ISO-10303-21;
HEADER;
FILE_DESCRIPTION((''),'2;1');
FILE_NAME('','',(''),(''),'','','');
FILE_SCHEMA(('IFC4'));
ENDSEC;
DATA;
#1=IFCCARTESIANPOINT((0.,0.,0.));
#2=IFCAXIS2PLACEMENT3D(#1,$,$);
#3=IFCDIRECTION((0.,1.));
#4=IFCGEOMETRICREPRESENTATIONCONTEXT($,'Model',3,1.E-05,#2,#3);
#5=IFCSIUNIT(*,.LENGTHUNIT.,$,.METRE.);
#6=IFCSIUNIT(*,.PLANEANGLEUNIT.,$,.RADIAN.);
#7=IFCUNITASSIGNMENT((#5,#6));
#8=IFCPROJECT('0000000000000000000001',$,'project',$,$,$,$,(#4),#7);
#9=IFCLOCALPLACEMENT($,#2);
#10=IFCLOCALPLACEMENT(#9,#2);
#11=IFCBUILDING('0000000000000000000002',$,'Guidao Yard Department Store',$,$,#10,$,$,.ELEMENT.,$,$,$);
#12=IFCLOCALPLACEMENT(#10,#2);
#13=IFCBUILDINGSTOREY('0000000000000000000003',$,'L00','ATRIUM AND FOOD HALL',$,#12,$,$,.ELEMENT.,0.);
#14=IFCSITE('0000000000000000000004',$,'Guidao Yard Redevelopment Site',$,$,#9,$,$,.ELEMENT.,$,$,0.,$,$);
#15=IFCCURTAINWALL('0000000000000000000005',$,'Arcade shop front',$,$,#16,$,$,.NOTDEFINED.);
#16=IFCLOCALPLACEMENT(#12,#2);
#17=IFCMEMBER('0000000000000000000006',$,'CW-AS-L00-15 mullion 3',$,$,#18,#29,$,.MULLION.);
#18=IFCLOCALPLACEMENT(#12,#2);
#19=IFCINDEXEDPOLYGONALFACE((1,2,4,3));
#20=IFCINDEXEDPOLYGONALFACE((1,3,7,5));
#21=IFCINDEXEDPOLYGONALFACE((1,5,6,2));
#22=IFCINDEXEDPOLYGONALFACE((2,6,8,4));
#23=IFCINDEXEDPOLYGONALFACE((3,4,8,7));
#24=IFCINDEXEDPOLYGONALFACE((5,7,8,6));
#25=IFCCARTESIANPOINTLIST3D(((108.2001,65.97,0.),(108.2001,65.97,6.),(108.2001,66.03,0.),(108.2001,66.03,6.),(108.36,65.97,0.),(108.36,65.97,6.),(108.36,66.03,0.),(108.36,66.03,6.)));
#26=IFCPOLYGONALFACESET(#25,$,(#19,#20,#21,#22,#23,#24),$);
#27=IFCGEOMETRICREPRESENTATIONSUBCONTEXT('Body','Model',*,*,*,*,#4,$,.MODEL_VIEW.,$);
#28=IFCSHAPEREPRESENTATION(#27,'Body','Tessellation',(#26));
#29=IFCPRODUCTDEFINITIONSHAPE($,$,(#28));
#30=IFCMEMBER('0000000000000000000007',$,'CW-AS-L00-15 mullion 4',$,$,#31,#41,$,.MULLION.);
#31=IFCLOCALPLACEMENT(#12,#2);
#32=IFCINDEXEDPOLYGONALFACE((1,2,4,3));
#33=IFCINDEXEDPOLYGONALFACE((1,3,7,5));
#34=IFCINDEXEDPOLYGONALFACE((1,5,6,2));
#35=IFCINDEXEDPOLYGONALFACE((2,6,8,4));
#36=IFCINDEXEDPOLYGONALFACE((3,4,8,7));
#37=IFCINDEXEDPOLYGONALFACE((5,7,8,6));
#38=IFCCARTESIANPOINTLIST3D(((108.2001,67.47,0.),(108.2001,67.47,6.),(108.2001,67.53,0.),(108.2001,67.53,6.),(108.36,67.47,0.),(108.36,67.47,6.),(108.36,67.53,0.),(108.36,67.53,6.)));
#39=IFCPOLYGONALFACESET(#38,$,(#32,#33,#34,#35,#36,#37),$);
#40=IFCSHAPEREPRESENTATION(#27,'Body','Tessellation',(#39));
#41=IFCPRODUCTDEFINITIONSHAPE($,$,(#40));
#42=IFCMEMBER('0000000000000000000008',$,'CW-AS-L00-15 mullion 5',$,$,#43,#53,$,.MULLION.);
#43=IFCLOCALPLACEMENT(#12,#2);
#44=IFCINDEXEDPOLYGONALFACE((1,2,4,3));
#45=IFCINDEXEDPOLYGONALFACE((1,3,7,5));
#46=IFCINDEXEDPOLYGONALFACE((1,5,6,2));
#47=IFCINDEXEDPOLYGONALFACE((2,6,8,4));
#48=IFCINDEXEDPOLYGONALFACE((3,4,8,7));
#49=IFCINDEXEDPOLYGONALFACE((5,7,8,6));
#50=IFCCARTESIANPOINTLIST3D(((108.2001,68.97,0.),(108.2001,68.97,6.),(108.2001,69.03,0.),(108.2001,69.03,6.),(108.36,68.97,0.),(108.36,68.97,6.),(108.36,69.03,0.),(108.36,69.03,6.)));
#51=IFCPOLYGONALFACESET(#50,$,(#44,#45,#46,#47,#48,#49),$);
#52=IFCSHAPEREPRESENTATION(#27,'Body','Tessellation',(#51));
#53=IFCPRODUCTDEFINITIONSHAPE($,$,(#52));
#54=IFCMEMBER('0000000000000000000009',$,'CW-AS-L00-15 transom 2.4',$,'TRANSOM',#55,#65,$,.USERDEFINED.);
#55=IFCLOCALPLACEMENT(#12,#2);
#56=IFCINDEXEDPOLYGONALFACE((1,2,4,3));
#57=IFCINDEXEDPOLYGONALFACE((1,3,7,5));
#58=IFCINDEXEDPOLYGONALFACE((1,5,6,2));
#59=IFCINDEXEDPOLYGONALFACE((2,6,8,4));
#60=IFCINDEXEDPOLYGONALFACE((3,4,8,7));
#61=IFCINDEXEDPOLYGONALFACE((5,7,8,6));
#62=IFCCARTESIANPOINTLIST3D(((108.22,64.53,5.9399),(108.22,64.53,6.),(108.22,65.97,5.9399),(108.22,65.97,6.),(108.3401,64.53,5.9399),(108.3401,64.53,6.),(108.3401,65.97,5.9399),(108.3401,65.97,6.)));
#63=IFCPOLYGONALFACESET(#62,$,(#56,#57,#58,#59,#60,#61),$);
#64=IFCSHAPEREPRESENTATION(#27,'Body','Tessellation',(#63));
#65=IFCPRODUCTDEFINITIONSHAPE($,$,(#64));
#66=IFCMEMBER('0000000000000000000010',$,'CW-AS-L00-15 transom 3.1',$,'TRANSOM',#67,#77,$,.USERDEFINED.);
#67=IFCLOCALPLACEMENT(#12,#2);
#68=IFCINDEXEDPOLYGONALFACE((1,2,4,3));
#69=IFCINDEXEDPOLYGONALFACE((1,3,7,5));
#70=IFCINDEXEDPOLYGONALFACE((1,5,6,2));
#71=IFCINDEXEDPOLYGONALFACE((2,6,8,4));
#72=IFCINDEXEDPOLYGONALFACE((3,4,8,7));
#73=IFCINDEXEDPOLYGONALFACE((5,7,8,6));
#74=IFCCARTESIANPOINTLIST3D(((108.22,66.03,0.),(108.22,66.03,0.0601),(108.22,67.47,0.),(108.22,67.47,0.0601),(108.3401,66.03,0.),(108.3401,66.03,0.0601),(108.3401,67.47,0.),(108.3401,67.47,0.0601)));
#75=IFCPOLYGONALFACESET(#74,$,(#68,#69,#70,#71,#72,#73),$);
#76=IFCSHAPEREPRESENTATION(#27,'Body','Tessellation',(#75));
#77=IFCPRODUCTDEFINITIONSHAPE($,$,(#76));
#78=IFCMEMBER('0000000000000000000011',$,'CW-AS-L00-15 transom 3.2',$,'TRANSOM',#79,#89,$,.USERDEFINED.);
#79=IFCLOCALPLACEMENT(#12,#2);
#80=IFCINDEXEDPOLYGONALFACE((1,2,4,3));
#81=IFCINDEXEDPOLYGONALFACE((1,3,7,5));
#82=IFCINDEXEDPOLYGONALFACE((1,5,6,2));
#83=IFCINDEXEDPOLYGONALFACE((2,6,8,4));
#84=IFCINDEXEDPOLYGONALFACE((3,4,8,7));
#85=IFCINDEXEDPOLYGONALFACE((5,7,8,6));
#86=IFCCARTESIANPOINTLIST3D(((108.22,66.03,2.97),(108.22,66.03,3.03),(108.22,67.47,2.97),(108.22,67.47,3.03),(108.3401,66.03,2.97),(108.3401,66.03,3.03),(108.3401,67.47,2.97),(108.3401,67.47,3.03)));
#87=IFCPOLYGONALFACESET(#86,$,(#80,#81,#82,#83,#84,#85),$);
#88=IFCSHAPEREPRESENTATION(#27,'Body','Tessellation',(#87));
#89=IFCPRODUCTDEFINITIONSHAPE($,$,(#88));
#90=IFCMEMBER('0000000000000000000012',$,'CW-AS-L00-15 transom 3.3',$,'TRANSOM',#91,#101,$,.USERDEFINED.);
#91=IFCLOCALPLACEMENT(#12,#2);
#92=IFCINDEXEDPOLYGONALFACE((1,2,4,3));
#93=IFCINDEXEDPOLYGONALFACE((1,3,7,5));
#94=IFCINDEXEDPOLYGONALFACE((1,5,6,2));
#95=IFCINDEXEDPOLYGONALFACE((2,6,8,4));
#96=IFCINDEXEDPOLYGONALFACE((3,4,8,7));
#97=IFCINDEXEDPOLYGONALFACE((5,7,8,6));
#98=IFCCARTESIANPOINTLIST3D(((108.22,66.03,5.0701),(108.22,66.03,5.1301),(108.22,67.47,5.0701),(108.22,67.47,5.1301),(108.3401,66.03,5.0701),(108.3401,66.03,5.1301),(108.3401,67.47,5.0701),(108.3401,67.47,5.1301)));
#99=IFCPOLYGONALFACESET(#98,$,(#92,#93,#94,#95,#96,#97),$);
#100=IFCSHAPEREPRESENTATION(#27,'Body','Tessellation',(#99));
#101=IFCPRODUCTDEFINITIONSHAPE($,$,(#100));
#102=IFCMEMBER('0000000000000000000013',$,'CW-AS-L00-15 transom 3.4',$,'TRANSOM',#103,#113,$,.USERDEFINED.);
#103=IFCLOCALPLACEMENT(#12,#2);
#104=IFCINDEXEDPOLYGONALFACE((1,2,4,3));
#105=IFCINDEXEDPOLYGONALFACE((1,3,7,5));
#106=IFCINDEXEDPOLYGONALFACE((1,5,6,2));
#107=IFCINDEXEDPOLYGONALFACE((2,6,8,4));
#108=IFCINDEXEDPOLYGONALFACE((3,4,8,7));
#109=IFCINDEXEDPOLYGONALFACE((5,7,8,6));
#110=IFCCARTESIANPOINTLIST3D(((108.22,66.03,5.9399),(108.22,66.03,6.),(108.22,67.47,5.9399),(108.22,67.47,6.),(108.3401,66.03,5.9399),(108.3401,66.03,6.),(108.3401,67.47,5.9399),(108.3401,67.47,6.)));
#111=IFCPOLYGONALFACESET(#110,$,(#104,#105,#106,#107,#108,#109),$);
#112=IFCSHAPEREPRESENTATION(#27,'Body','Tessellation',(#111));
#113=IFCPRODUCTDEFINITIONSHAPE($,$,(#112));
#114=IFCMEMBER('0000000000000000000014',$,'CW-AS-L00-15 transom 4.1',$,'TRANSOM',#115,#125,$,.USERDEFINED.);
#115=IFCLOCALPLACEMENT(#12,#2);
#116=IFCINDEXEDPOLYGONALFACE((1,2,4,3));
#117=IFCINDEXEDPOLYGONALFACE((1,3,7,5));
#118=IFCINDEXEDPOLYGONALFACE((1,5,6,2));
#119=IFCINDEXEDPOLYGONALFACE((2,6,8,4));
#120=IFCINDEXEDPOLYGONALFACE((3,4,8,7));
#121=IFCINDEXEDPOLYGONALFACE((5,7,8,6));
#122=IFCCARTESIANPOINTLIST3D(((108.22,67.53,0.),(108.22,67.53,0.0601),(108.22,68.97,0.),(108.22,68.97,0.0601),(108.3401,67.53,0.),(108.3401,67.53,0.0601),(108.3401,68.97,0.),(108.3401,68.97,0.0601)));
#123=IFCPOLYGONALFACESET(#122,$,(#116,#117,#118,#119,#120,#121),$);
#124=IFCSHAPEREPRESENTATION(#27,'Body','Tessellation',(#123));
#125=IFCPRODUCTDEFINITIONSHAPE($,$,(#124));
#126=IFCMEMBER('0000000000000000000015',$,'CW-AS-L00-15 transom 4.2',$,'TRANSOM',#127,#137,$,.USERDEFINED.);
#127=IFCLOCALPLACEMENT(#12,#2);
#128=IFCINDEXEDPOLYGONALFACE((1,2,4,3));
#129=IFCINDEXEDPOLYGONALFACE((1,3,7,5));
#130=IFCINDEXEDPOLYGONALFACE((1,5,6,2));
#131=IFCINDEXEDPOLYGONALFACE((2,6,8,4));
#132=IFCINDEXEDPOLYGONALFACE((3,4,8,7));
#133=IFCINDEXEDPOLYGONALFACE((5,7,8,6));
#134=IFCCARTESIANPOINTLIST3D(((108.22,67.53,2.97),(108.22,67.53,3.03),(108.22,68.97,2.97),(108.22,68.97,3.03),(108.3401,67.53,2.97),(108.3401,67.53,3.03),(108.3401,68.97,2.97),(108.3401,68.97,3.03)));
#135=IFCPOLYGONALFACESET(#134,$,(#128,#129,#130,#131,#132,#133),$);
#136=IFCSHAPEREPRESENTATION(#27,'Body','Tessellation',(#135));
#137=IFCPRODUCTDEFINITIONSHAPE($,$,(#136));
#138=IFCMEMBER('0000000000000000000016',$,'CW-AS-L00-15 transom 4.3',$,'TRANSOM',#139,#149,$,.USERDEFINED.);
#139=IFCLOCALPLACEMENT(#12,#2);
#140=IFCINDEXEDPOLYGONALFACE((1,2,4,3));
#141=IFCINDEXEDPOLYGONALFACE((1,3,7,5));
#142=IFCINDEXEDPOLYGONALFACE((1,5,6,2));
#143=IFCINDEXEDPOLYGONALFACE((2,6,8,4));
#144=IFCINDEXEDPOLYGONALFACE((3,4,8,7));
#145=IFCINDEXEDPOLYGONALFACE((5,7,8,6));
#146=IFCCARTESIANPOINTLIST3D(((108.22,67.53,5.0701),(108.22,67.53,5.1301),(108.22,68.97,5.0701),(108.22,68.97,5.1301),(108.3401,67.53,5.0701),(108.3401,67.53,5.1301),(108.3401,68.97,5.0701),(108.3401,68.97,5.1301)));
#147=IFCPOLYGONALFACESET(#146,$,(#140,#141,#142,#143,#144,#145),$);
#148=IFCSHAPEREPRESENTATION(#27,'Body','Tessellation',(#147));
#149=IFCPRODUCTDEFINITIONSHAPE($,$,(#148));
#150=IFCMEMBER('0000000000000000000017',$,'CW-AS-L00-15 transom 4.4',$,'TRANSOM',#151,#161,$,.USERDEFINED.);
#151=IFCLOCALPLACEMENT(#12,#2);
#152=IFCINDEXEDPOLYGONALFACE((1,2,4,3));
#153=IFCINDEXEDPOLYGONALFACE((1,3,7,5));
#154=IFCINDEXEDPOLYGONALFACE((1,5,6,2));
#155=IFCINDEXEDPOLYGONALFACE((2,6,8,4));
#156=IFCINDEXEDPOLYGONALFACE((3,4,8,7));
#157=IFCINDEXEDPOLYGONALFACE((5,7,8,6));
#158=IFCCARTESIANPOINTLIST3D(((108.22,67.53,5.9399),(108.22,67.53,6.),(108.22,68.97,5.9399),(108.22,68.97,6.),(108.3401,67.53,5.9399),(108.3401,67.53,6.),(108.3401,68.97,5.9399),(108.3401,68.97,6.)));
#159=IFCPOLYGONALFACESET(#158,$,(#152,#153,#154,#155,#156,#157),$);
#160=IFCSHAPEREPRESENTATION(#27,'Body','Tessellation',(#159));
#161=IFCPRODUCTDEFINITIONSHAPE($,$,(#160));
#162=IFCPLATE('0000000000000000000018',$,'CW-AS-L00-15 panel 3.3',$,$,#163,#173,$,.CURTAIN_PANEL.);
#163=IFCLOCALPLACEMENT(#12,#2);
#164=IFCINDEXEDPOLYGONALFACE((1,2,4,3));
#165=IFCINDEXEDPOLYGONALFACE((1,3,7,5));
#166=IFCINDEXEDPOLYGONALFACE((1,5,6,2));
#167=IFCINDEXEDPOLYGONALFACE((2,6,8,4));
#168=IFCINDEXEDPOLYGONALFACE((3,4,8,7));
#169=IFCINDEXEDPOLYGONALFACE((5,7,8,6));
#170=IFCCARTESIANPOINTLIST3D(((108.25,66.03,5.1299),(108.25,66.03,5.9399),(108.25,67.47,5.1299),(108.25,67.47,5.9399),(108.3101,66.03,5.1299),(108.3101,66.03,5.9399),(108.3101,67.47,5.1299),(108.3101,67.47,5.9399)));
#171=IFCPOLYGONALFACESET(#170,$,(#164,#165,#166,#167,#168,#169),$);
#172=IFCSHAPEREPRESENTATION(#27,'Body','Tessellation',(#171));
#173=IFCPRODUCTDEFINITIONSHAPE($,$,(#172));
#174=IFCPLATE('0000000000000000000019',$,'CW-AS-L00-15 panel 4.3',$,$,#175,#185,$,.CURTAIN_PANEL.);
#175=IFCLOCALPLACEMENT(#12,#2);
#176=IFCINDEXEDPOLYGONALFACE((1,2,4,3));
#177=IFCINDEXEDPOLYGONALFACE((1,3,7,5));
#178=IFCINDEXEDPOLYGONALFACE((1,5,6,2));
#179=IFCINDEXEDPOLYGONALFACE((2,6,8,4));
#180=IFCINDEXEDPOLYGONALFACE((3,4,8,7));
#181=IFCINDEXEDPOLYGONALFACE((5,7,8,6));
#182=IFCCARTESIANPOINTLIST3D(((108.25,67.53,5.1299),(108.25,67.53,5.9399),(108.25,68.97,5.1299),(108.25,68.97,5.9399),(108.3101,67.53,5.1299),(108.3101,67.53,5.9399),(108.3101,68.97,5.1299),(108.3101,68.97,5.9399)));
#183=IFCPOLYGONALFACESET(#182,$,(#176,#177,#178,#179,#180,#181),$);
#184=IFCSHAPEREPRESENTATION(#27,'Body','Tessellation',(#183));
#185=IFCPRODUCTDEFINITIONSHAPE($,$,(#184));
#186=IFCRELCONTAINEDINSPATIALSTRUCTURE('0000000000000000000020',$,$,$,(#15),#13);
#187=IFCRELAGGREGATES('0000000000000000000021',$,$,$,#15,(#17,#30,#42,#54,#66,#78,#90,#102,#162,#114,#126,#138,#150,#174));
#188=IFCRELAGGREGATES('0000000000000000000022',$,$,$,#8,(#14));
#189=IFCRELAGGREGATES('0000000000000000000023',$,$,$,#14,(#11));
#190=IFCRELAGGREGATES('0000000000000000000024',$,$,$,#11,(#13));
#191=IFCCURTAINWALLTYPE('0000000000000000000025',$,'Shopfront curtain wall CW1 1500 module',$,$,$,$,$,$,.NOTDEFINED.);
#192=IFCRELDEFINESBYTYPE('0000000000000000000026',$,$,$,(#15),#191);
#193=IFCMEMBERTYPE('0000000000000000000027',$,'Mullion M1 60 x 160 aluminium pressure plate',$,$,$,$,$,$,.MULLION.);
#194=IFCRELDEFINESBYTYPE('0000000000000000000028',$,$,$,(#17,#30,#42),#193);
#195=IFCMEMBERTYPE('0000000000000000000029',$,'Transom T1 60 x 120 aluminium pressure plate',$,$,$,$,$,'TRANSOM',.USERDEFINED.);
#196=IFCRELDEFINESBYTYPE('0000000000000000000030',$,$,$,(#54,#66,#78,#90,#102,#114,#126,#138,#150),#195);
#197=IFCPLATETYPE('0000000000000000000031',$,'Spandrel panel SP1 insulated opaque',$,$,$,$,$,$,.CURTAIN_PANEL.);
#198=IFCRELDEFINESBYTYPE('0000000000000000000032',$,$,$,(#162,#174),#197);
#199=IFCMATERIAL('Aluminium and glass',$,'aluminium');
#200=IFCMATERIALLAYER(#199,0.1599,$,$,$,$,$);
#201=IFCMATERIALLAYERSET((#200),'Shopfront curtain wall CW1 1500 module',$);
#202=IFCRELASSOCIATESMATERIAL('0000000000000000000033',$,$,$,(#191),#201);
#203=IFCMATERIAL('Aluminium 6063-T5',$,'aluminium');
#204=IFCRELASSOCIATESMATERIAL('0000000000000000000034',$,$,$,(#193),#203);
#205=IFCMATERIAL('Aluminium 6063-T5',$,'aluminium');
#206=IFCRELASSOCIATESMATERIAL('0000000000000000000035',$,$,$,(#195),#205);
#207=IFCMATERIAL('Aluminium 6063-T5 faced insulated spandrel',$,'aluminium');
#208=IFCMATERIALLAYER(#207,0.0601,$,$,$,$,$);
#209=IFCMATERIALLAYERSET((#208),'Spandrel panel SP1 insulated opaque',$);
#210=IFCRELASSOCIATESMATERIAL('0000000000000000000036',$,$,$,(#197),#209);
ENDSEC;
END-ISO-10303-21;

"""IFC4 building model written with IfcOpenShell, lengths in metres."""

from ifc_helpers import new_model, si_unit, direction, frame, origin, origin_2d, place, context, subcontext, project, spatial, rectangle, extrude, material, layer, layer_set, material_profile, profile_set, type_object, element, aggregate, save


model = new_model("IFC4")

# Units and contexts
model_context = context("Model", 3, precision=1e-05, world=origin(), true_north=direction((0.0, 1.0)))
body_context = subcontext(model_context, "Body", "Model", "MODEL_VIEW")
ifc_project = project(units=[si_unit("LENGTHUNIT", "METRE"), si_unit("PLANEANGLEUNIT", "RADIAN")], contexts=[model_context])

# Site, building, storey
site_placement = place(None, origin())
site = spatial("IfcSite", under=ifc_project, at=site_placement, Name="Guidao Yard Redevelopment Site", CompositionType="ELEMENT", RefElevation=0.0)
building_placement = place(site_placement, origin())
building = spatial("IfcBuilding", under=site, at=building_placement, Name="Guidao Yard Department Store", CompositionType="ELEMENT")
storey_placement = place(building_placement, origin())
storey = spatial("IfcBuildingStorey", under=building, at=storey_placement, Name="L00", Description="ATRIUM AND FOOD HALL", CompositionType="ELEMENT", Elevation=0.0)

# Curtain wall, members, plates
ifc_material_1 = material(Name="Aluminium and glass", Category="aluminium")
ifc_layer_1 = layer(ifc_material_1, 0.1599)
ifc_layer_set_1 = layer_set([ifc_layer_1], Name="Shopfront curtain wall CW1 1500 module")
curtain_wall_type = type_object("IfcCurtainWallType", Name="Shopfront curtain wall CW1 1500 module", PredefinedType="NOTDEFINED", material=ifc_layer_set_1)
curtain_wall_placement = place(storey_placement, origin())
curtain_wall = element("IfcCurtainWall", 1, at=curtain_wall_placement, inside=storey, type_object=curtain_wall_type, Name="Arcade shop front", PredefinedType="NOTDEFINED")
ifc_material_2 = material(Name="Aluminium 6063-T5", Category="aluminium")
ifc_material_profile_1 = material_profile(ifc_material_2, rectangle(XDim=0.0601, YDim=0.1599, at=origin_2d()), Name="Mullion M1 60 x 160 aluminium pressure plate")
ifc_profile_set_1 = profile_set([ifc_material_profile_1], Name="Aluminium 6063-T5")
member_type_1 = type_object("IfcMemberType", Name="Mullion M1 60 x 160 aluminium pressure plate", PredefinedType="MULLION", material=ifc_profile_set_1)
member_1_placement = place(storey_placement, frame((108.28, 66.0, 0.0), z_axis=(0.0, 0.0, 1.0), x_axis=(0.0, -1.0, 0.0)))
member_1 = element("IfcMember", 2, at=member_1_placement, type_object=member_type_1, Name="CW-AS-L00-15 mullion 3", PredefinedType="MULLION", context=body_context, shape_type="SweptSolid", body=[
    extrude(rectangle(XDim=0.0601, YDim=0.1599, at=origin_2d()), origin(), (0.0, 0.0, 1.0), 6.0),
])
member_2_placement = place(storey_placement, frame((108.28, 67.5, 0.0), z_axis=(0.0, 0.0, 1.0), x_axis=(0.0, -1.0, 0.0)))
member_2 = element("IfcMember", 3, at=member_2_placement, type_object=member_type_1, Name="CW-AS-L00-15 mullion 4", PredefinedType="MULLION", context=body_context, shape_type="SweptSolid", body=[
    extrude(rectangle(XDim=0.0601, YDim=0.1599, at=origin_2d()), origin(), (0.0, 0.0, 1.0), 6.0),
])
member_3_placement = place(storey_placement, frame((108.28, 69.0, 0.0), z_axis=(0.0, 0.0, 1.0), x_axis=(0.0, -1.0, 0.0)))
member_3 = element("IfcMember", 4, at=member_3_placement, type_object=member_type_1, Name="CW-AS-L00-15 mullion 5", PredefinedType="MULLION", context=body_context, shape_type="SweptSolid", body=[
    extrude(rectangle(XDim=0.0601, YDim=0.1599, at=origin_2d()), origin(), (0.0, 0.0, 1.0), 6.0),
])
ifc_material_3 = material(Name="Aluminium 6063-T5", Category="aluminium")
ifc_material_profile_2 = material_profile(ifc_material_3, rectangle(XDim=0.1201, YDim=0.0601, at=origin_2d()), Name="Transom T1 60 x 120 aluminium pressure plate")
ifc_profile_set_2 = profile_set([ifc_material_profile_2], Name="Aluminium 6063-T5")
member_type_2 = type_object("IfcMemberType", Name="Transom T1 60 x 120 aluminium pressure plate", ElementType="TRANSOM", PredefinedType="USERDEFINED", material=ifc_profile_set_2)
member_4_placement = place(storey_placement, frame((108.28, 65.97, 5.97), z_axis=(0.0, -1.0, 0.0), x_axis=(1.0, 0.0, 0.0)))
member_4 = element("IfcMember", 5, at=member_4_placement, type_object=member_type_2, Name="CW-AS-L00-15 transom 2.4", ObjectType="TRANSOM", PredefinedType="USERDEFINED", context=body_context, shape_type="SweptSolid", body=[
    extrude(rectangle(XDim=0.1201, YDim=0.0601, at=origin_2d()), origin(), (0.0, 0.0, 1.0), 1.4399),
])
member_5_placement = place(storey_placement, frame((108.28, 67.47, 0.03), z_axis=(0.0, -1.0, 0.0), x_axis=(1.0, 0.0, 0.0)))
member_5 = element("IfcMember", 6, at=member_5_placement, type_object=member_type_2, Name="CW-AS-L00-15 transom 3.1", ObjectType="TRANSOM", PredefinedType="USERDEFINED", context=body_context, shape_type="SweptSolid", body=[
    extrude(rectangle(XDim=0.1201, YDim=0.0601, at=origin_2d()), origin(), (0.0, 0.0, 1.0), 1.4399),
])
member_6_placement = place(storey_placement, frame((108.28, 67.47, 3.0), z_axis=(0.0, -1.0, 0.0), x_axis=(1.0, 0.0, 0.0)))
member_6 = element("IfcMember", 7, at=member_6_placement, type_object=member_type_2, Name="CW-AS-L00-15 transom 3.2", ObjectType="TRANSOM", PredefinedType="USERDEFINED", context=body_context, shape_type="SweptSolid", body=[
    extrude(rectangle(XDim=0.1201, YDim=0.0601, at=origin_2d()), origin(), (0.0, 0.0, 1.0), 1.4399),
])
member_7_placement = place(storey_placement, frame((108.28, 67.47, 5.1001), z_axis=(0.0, -1.0, 0.0), x_axis=(1.0, 0.0, 0.0)))
member_7 = element("IfcMember", 8, at=member_7_placement, type_object=member_type_2, Name="CW-AS-L00-15 transom 3.3", ObjectType="TRANSOM", PredefinedType="USERDEFINED", context=body_context, shape_type="SweptSolid", body=[
    extrude(rectangle(XDim=0.1201, YDim=0.0601, at=origin_2d()), origin(), (0.0, 0.0, 1.0), 1.4399),
])
member_8_placement = place(storey_placement, frame((108.28, 67.47, 5.97), z_axis=(0.0, -1.0, 0.0), x_axis=(1.0, 0.0, 0.0)))
member_8 = element("IfcMember", 9, at=member_8_placement, type_object=member_type_2, Name="CW-AS-L00-15 transom 3.4", ObjectType="TRANSOM", PredefinedType="USERDEFINED", context=body_context, shape_type="SweptSolid", body=[
    extrude(rectangle(XDim=0.1201, YDim=0.0601, at=origin_2d()), origin(), (0.0, 0.0, 1.0), 1.4399),
])
member_9_placement = place(storey_placement, frame((108.28, 68.97, 0.03), z_axis=(0.0, -1.0, 0.0), x_axis=(1.0, 0.0, 0.0)))
member_9 = element("IfcMember", 10, at=member_9_placement, type_object=member_type_2, Name="CW-AS-L00-15 transom 4.1", ObjectType="TRANSOM", PredefinedType="USERDEFINED", context=body_context, shape_type="SweptSolid", body=[
    extrude(rectangle(XDim=0.1201, YDim=0.0601, at=origin_2d()), origin(), (0.0, 0.0, 1.0), 1.4399),
])
member_10_placement = place(storey_placement, frame((108.28, 68.97, 3.0), z_axis=(0.0, -1.0, 0.0), x_axis=(1.0, 0.0, 0.0)))
member_10 = element("IfcMember", 11, at=member_10_placement, type_object=member_type_2, Name="CW-AS-L00-15 transom 4.2", ObjectType="TRANSOM", PredefinedType="USERDEFINED", context=body_context, shape_type="SweptSolid", body=[
    extrude(rectangle(XDim=0.1201, YDim=0.0601, at=origin_2d()), origin(), (0.0, 0.0, 1.0), 1.4399),
])
member_11_placement = place(storey_placement, frame((108.28, 68.97, 5.1001), z_axis=(0.0, -1.0, 0.0), x_axis=(1.0, 0.0, 0.0)))
member_11 = element("IfcMember", 12, at=member_11_placement, type_object=member_type_2, Name="CW-AS-L00-15 transom 4.3", ObjectType="TRANSOM", PredefinedType="USERDEFINED", context=body_context, shape_type="SweptSolid", body=[
    extrude(rectangle(XDim=0.1201, YDim=0.0601, at=origin_2d()), origin(), (0.0, 0.0, 1.0), 1.4399),
])
member_12_placement = place(storey_placement, frame((108.28, 68.97, 5.97), z_axis=(0.0, -1.0, 0.0), x_axis=(1.0, 0.0, 0.0)))
member_12 = element("IfcMember", 13, at=member_12_placement, type_object=member_type_2, Name="CW-AS-L00-15 transom 4.4", ObjectType="TRANSOM", PredefinedType="USERDEFINED", context=body_context, shape_type="SweptSolid", body=[
    extrude(rectangle(XDim=0.1201, YDim=0.0601, at=origin_2d()), origin(), (0.0, 0.0, 1.0), 1.4399),
])
ifc_material_4 = material(Name="Aluminium 6063-T5 faced insulated spandrel", Category="aluminium")
ifc_layer_2 = layer(ifc_material_4, 0.0601)
ifc_layer_set_2 = layer_set([ifc_layer_2], Name="Spandrel panel SP1 insulated opaque")
plate_type_1 = type_object("IfcPlateType", Name="Spandrel panel SP1 insulated opaque", PredefinedType="CURTAIN_PANEL", material=ifc_layer_set_2)
plate_1_placement = place(storey_placement, frame((108.28, 66.75, 5.1299), z_axis=(0.0, 0.0, 1.0), x_axis=(0.0, -1.0, 0.0)))
plate_1 = element("IfcPlate", 14, at=plate_1_placement, type_object=plate_type_1, Name="CW-AS-L00-15 panel 3.3", PredefinedType="CURTAIN_PANEL", context=body_context, shape_type="SweptSolid", body=[
    extrude(rectangle(XDim=1.4399, YDim=0.0601, at=origin_2d()), origin(), (0.0, 0.0, 1.0), 0.8101),
])
plate_2_placement = place(storey_placement, frame((108.28, 68.25, 5.1299), z_axis=(0.0, 0.0, 1.0), x_axis=(0.0, -1.0, 0.0)))
plate_2 = element("IfcPlate", 15, at=plate_2_placement, type_object=plate_type_1, Name="CW-AS-L00-15 panel 4.3", PredefinedType="CURTAIN_PANEL", context=body_context, shape_type="SweptSolid", body=[
    extrude(rectangle(XDim=1.4399, YDim=0.0601, at=origin_2d()), origin(), (0.0, 0.0, 1.0), 0.8101),
])
aggregate(curtain_wall, [member_1, member_2, member_3, member_4, member_5, member_6, member_7, member_8, plate_1, member_9, member_10, member_11, member_12, plate_2])

save(model, "model.ifc")
